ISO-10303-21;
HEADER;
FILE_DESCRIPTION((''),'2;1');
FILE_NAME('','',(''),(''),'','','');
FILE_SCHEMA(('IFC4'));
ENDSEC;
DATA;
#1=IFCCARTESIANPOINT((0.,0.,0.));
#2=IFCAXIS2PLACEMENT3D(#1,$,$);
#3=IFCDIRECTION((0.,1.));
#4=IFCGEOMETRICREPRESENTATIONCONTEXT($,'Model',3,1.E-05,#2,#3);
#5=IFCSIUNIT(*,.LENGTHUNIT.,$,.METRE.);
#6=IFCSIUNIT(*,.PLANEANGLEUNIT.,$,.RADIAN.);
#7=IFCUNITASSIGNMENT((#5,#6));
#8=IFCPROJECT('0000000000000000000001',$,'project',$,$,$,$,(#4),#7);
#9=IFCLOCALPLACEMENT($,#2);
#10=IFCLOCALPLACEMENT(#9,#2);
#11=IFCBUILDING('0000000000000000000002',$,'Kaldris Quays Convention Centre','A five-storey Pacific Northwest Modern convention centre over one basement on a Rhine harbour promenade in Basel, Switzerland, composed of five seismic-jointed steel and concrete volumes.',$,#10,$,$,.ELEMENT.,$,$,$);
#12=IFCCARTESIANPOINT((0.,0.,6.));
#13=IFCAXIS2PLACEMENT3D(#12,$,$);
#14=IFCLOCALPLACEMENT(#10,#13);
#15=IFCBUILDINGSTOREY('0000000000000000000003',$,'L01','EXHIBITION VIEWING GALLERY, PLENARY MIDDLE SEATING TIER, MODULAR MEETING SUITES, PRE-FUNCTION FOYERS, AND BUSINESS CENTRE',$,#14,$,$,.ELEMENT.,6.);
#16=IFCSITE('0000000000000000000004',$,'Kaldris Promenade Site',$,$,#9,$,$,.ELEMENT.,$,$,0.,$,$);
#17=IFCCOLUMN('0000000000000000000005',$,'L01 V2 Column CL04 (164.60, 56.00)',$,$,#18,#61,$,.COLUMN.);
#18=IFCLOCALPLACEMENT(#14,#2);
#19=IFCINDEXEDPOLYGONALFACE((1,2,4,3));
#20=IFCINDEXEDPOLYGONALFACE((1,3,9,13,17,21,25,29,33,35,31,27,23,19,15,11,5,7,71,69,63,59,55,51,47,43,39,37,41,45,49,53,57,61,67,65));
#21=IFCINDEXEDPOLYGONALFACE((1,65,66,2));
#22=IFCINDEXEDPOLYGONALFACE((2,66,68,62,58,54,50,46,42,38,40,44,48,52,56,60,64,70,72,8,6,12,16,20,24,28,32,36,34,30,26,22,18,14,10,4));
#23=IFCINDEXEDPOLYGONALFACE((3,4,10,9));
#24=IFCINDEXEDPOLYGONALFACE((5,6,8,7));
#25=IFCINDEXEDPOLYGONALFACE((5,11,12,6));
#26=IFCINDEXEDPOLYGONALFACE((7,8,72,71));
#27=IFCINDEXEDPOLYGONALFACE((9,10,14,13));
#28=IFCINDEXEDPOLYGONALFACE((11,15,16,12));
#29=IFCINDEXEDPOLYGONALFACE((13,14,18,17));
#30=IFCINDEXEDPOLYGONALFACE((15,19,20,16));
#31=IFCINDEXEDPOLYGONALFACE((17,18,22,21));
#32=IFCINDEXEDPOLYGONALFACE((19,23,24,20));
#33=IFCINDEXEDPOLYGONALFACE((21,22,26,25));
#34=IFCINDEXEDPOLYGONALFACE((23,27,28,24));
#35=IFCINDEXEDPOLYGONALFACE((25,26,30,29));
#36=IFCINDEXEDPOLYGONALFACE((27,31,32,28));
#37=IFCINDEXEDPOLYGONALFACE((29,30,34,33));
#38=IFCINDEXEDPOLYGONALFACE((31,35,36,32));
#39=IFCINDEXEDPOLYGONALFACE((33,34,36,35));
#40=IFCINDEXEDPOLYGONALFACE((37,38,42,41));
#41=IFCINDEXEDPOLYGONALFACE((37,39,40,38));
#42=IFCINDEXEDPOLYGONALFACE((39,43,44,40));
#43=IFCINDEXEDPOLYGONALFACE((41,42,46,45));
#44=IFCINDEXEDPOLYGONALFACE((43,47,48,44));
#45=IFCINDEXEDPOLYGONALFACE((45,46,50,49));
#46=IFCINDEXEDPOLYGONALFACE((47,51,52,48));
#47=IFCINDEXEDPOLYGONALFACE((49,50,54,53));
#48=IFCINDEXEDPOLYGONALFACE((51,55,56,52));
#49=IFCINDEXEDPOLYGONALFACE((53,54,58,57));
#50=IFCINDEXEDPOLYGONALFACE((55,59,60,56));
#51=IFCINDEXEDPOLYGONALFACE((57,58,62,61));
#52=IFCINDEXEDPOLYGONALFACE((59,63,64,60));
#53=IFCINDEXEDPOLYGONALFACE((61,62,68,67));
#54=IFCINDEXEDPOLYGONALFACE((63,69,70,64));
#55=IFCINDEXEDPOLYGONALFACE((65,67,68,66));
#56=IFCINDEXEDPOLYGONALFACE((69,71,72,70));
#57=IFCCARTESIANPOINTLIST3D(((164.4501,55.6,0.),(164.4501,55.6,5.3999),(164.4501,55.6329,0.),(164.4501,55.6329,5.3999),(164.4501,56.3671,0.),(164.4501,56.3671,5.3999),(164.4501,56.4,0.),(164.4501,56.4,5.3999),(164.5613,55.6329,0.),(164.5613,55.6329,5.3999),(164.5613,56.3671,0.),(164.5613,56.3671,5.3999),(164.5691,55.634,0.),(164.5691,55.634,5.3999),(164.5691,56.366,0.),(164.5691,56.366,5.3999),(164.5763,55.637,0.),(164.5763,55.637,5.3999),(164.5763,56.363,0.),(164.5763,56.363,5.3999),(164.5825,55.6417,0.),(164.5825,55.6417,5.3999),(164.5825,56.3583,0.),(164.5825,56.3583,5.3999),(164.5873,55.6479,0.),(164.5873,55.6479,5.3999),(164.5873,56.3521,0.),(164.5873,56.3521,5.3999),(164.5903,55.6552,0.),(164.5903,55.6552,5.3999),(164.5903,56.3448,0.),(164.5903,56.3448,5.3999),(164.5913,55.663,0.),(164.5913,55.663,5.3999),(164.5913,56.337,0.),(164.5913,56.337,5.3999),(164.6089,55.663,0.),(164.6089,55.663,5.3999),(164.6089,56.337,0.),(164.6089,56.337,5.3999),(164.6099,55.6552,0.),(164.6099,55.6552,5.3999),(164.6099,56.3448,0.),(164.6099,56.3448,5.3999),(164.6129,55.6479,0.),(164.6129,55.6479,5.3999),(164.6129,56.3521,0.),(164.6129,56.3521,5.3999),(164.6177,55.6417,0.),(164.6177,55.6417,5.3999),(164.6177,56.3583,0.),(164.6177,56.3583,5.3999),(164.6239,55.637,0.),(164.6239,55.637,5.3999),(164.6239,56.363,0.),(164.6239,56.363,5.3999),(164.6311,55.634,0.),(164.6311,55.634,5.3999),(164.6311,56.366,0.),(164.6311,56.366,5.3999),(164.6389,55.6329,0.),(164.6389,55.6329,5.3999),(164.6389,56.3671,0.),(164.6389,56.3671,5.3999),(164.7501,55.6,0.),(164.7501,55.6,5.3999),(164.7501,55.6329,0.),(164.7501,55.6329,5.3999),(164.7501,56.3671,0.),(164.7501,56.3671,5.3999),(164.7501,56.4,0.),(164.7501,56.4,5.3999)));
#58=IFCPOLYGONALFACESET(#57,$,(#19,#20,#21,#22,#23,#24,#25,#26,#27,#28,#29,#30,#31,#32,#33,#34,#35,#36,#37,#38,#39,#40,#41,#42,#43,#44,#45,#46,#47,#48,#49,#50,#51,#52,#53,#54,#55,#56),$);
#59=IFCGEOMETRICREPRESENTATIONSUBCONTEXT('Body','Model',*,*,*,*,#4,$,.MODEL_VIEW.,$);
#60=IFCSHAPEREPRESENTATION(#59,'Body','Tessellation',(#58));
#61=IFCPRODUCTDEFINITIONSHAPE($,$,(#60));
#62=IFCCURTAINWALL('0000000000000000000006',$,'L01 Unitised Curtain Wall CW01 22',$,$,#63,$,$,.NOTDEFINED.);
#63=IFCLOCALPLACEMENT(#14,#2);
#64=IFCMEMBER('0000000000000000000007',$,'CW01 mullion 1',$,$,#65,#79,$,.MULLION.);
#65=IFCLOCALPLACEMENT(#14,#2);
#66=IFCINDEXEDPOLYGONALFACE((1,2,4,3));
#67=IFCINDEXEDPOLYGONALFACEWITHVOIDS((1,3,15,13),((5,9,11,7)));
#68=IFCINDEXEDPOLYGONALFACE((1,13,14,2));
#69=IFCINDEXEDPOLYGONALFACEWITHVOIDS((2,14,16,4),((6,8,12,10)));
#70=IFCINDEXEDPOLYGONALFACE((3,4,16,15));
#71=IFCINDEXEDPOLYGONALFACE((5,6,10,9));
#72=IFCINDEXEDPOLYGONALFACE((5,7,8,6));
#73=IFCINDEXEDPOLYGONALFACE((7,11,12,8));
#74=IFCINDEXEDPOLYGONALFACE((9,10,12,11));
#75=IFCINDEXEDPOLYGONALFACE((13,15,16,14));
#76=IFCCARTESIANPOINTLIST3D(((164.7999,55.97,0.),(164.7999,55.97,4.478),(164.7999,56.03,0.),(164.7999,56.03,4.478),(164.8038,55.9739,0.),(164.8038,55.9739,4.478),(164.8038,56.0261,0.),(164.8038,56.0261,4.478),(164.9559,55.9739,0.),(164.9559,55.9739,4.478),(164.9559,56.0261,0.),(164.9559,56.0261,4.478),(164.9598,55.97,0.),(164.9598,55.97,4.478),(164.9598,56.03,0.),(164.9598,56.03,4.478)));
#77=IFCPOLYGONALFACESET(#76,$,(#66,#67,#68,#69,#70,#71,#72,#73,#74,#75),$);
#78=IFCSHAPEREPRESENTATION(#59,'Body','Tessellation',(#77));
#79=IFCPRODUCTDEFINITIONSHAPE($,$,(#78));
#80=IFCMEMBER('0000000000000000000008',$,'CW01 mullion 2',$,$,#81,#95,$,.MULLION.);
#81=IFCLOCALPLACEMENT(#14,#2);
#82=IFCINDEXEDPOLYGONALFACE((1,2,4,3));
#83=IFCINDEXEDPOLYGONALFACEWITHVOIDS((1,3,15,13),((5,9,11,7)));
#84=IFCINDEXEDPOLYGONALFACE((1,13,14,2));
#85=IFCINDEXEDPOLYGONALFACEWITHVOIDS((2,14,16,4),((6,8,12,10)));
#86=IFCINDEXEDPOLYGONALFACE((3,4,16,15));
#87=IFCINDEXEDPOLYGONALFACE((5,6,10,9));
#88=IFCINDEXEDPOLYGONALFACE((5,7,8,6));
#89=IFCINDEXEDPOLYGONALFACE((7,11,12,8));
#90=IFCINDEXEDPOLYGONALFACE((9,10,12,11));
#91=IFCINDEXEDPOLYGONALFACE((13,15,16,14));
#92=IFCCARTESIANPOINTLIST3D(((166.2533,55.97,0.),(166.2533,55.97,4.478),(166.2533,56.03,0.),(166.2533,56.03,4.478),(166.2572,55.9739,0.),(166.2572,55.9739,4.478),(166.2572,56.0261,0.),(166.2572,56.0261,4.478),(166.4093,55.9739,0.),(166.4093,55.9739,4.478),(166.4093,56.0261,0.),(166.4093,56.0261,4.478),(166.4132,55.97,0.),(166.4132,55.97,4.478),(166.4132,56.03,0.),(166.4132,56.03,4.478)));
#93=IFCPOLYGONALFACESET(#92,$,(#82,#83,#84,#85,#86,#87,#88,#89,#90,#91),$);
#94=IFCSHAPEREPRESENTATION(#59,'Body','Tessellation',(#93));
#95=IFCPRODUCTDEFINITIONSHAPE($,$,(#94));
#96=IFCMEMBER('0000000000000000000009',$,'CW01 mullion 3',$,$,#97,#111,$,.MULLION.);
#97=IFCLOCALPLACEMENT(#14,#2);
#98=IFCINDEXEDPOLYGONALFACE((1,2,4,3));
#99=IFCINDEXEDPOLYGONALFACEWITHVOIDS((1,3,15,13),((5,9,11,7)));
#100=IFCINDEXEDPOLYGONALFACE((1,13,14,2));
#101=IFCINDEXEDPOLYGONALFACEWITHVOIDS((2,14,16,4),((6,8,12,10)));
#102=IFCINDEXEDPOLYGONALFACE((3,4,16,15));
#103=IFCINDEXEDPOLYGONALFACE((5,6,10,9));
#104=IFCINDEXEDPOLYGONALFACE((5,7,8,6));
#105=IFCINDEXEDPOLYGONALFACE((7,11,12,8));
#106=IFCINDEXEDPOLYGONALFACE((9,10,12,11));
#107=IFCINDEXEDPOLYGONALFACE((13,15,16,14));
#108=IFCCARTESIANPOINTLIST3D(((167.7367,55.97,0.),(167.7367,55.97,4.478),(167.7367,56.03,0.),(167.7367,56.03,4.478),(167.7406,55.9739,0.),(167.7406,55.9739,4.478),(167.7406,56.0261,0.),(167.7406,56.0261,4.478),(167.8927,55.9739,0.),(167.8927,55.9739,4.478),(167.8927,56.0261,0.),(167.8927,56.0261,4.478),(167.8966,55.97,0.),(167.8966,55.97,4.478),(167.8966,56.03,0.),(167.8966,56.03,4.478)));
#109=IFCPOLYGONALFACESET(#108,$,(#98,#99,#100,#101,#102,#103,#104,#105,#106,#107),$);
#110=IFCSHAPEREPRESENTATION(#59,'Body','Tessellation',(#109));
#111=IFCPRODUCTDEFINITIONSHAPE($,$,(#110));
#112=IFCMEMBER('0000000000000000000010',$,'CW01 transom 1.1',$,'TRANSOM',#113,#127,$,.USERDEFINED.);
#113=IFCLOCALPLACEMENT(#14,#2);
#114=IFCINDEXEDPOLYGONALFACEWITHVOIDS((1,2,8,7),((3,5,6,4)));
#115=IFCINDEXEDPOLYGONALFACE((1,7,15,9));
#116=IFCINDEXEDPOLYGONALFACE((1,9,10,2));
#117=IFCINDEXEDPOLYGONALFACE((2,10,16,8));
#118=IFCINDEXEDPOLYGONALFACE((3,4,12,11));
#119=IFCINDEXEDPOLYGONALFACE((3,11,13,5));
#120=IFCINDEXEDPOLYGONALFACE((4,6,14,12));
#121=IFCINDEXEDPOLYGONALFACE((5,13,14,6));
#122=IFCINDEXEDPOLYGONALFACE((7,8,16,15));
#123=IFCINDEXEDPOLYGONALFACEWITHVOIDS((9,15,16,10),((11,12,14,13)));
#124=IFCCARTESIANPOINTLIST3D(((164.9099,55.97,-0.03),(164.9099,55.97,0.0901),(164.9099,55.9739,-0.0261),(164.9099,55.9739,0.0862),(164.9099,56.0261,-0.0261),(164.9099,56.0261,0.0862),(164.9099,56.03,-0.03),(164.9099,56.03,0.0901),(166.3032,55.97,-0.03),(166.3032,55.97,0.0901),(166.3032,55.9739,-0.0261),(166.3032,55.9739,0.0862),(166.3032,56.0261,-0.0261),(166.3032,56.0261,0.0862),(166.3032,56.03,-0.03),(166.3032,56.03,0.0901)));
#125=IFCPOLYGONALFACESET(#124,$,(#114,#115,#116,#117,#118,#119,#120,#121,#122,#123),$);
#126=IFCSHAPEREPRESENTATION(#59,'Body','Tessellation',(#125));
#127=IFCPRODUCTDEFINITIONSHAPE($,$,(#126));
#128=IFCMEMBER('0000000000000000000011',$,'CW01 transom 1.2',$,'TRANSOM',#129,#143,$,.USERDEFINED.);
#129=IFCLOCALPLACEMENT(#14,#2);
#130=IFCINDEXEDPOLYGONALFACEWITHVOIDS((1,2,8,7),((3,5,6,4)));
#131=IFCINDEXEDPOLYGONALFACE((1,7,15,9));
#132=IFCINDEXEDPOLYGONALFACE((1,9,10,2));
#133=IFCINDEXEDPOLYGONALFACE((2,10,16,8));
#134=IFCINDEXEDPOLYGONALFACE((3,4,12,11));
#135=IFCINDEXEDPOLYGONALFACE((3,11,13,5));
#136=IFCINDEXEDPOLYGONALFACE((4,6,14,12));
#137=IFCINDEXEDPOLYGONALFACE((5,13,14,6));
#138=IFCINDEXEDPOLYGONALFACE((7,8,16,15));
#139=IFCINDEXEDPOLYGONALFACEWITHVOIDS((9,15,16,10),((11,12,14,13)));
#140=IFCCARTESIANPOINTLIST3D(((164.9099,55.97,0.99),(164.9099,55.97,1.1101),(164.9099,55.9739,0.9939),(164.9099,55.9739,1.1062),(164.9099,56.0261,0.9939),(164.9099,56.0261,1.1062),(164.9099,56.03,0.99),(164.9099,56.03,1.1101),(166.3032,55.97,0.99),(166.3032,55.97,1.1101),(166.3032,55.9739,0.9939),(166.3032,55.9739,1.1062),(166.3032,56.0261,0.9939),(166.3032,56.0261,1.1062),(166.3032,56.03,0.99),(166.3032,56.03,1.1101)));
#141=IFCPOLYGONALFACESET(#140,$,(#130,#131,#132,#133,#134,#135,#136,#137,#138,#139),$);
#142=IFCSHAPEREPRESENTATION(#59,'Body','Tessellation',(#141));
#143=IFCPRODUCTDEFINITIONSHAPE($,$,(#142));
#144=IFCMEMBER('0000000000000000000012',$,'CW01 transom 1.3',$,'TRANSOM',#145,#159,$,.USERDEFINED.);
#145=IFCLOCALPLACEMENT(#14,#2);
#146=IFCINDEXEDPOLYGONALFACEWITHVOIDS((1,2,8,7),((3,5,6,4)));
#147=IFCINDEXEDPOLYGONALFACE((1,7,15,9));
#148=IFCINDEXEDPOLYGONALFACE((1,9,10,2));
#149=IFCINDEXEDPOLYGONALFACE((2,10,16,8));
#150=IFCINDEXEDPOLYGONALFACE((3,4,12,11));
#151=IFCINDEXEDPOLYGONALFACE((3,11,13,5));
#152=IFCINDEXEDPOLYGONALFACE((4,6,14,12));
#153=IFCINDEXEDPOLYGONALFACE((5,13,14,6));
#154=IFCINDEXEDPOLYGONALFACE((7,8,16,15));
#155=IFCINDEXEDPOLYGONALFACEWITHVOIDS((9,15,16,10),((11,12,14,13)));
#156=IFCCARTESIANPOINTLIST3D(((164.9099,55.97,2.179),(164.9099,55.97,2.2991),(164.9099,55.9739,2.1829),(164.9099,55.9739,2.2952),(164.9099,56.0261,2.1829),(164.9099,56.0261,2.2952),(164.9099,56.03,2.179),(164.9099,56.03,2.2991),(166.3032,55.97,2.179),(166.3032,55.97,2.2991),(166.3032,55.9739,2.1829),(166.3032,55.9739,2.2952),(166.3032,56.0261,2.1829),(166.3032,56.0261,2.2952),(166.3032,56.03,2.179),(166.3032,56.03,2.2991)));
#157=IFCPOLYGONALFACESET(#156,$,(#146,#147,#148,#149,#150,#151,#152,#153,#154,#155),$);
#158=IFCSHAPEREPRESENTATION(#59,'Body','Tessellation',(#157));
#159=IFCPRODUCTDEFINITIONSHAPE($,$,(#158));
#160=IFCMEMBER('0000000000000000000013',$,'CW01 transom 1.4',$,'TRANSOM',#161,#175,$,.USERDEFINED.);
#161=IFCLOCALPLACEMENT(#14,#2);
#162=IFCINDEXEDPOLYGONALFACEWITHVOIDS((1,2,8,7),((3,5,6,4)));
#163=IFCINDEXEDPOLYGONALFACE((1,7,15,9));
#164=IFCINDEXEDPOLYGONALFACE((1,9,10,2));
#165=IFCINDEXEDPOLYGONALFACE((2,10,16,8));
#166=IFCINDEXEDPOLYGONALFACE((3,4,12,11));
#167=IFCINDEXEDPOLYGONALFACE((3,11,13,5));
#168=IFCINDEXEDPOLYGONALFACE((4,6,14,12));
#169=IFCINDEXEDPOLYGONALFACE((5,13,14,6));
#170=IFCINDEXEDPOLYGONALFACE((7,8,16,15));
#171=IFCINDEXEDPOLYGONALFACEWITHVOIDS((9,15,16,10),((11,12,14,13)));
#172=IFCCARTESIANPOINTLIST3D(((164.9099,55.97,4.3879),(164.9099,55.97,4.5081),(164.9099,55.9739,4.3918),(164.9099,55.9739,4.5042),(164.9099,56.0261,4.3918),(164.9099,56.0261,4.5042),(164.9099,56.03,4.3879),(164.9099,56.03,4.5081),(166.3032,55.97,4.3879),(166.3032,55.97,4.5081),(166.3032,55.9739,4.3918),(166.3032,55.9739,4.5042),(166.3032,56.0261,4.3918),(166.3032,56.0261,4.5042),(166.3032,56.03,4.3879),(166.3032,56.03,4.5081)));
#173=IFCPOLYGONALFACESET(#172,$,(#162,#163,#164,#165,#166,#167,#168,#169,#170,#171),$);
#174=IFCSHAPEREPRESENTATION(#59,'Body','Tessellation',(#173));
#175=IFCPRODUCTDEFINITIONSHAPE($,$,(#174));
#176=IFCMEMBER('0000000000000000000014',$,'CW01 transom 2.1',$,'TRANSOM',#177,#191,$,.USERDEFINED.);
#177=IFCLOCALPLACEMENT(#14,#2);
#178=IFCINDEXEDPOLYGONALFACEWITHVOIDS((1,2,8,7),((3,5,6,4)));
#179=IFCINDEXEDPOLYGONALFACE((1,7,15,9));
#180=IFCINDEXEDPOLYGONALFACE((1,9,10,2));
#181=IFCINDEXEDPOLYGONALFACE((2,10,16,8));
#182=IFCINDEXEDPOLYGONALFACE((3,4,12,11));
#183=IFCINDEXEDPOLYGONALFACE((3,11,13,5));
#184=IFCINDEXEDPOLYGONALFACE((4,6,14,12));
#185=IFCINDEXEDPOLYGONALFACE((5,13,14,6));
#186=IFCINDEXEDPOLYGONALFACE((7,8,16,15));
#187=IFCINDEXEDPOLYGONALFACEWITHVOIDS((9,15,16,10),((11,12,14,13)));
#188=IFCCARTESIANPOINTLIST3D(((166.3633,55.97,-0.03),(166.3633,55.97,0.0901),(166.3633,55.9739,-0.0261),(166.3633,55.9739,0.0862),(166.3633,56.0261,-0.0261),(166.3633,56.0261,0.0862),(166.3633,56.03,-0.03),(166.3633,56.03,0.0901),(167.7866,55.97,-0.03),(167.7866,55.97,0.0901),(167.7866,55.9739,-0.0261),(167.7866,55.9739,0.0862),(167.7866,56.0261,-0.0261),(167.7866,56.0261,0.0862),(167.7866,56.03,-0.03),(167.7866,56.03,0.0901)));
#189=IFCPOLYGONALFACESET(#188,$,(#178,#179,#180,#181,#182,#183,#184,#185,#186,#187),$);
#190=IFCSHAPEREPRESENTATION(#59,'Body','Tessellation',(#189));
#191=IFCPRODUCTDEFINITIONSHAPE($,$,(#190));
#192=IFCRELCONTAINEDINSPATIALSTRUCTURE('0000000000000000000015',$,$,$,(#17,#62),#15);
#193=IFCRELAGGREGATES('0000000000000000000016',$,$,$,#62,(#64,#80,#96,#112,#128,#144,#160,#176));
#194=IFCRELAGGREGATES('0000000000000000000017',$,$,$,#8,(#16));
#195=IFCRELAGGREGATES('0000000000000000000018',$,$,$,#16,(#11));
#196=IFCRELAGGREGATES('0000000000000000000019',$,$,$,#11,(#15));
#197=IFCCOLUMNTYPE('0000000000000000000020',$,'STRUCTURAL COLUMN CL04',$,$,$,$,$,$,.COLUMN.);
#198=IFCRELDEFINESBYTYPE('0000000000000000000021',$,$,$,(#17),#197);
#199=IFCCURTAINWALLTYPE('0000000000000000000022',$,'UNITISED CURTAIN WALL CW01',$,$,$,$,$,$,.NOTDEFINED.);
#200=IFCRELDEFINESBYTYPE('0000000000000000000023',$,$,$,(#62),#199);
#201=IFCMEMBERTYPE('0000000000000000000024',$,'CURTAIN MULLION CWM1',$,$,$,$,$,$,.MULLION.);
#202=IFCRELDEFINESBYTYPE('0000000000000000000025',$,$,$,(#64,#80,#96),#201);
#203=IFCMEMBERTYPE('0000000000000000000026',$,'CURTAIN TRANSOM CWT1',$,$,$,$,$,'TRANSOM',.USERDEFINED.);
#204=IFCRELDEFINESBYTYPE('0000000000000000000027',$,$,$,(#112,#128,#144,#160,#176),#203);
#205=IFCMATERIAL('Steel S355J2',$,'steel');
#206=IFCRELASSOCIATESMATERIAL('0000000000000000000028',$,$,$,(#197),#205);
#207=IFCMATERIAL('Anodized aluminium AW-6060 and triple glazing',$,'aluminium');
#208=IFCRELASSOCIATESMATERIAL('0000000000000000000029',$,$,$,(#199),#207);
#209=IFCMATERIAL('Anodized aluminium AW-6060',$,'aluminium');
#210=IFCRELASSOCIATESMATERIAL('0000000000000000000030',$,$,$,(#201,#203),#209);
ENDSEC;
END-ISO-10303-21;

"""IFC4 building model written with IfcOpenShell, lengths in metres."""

from ifc_helpers import new_model, si_unit, direction, frame, origin, origin_2d, place, context, subcontext, project, spatial, hollow_rectangle, i_section, extrude, material, material_profile, profile_set, type_object, element, aggregate, save


model = new_model("IFC4")

# Units and contexts
model_context = context("Model", 3, precision=1e-05, world=origin(), true_north=direction((0.0, 1.0)))
body_context = subcontext(model_context, "Body", "Model", "MODEL_VIEW")
ifc_project = project(units=[si_unit("LENGTHUNIT", "METRE"), si_unit("PLANEANGLEUNIT", "RADIAN")], contexts=[model_context])

# Site, building, storey
site_placement = place(None, origin())
site = spatial("IfcSite", under=ifc_project, at=site_placement, Name="Kaldris Promenade Site", CompositionType="ELEMENT", RefElevation=0.0)
building_placement = place(site_placement, origin())
building = spatial("IfcBuilding", under=site, at=building_placement, Name="Kaldris Quays Convention Centre", Description="A five-storey Pacific Northwest Modern convention centre over one basement on a Rhine harbour promenade in Basel, Switzerland, composed of five seismic-jointed steel and concrete volumes.", CompositionType="ELEMENT")
storey_placement = place(building_placement, frame((0.0, 0.0, 6.0)))
storey = spatial("IfcBuildingStorey", under=building, at=storey_placement, Name="L01", Description="EXHIBITION VIEWING GALLERY, PLENARY MIDDLE SEATING TIER, MODULAR MEETING SUITES, PRE-FUNCTION FOYERS, AND BUSINESS CENTRE", CompositionType="ELEMENT", Elevation=6.0)

# Column
ifc_material_1 = material(Name="Steel S355J2", Category="steel")
ifc_material_profile_1 = material_profile(ifc_material_1, i_section(OverallWidth=0.3, OverallDepth=0.8, WebThickness=0.0176, FlangeThickness=0.033, FilletRadius=0.03, at=origin_2d()), Name="HEB 800")
ifc_profile_set_1 = profile_set([ifc_material_profile_1], Name="Steel S355J2")
column_type = type_object("IfcColumnType", Name="STRUCTURAL COLUMN CL04", PredefinedType="COLUMN", material=ifc_profile_set_1)
column_placement = place(storey_placement, frame((164.6001, 56.0, 0.0), z_axis=(0.0, 0.0, 1.0), x_axis=(1.0, 0.0, 0.0)))
element("IfcColumn", 1, at=column_placement, inside=storey, type_object=column_type, Name="L01 V2 Column CL04 (164.60, 56.00)", PredefinedType="COLUMN", context=body_context, shape_type="SweptSolid", body=[
    extrude(i_section(OverallWidth=0.3, OverallDepth=0.8, WebThickness=0.0176, FlangeThickness=0.033, FilletRadius=0.03, at=origin_2d()), origin(), (0.0, 0.0, 1.0), 5.3999),
])

# Curtain wall, members
ifc_material_2 = material(Name="Anodized aluminium AW-6060 and triple glazing", Category="aluminium")
curtain_wall_type = type_object("IfcCurtainWallType", Name="UNITISED CURTAIN WALL CW01", PredefinedType="NOTDEFINED", material=ifc_material_2)
curtain_wall_placement = place(storey_placement, origin())
curtain_wall = element("IfcCurtainWall", 2, at=curtain_wall_placement, inside=storey, type_object=curtain_wall_type, Name="L01 Unitised Curtain Wall CW01 22", PredefinedType="NOTDEFINED")
ifc_material_3 = material(Name="Anodized aluminium AW-6060", Category="aluminium")
ifc_material_profile_2 = material_profile(ifc_material_3, hollow_rectangle(XDim=0.0601, YDim=0.1599, WallThickness=0.0039, at=origin_2d()), Name="RHS 160x60x4")
ifc_profile_set_2 = profile_set([ifc_material_profile_2], Name="Anodized aluminium AW-6060")
member_type_1 = type_object("IfcMemberType", Name="CURTAIN MULLION CWM1", PredefinedType="MULLION", material=ifc_profile_set_2)
member_1_placement = place(storey_placement, frame((164.8799, 56.0, 0.0), z_axis=(0.0, 0.0, 1.0), x_axis=(0.0, 1.0, 0.0)))
member_1 = element("IfcMember", 3, at=member_1_placement, type_object=member_type_1, Name="CW01 mullion 1", PredefinedType="MULLION", context=body_context, shape_type="SweptSolid", body=[
    extrude(hollow_rectangle(XDim=0.0601, YDim=0.1599, WallThickness=0.0039, at=origin_2d()), origin(), (0.0, 0.0, 1.0), 4.478),
])
member_2_placement = place(storey_placement, frame((166.3333, 56.0, 0.0), z_axis=(0.0, 0.0, 1.0), x_axis=(0.0, 1.0, 0.0)))
member_2 = element("IfcMember", 4, at=member_2_placement, type_object=member_type_1, Name="CW01 mullion 2", PredefinedType="MULLION", context=body_context, shape_type="SweptSolid", body=[
    extrude(hollow_rectangle(XDim=0.0601, YDim=0.1599, WallThickness=0.0039, at=origin_2d()), origin(), (0.0, 0.0, 1.0), 4.478),
])
member_3_placement = place(storey_placement, frame((167.8167, 56.0, 0.0), z_axis=(0.0, 0.0, 1.0), x_axis=(0.0, 1.0, 0.0)))
member_3 = element("IfcMember", 5, at=member_3_placement, type_object=member_type_1, Name="CW01 mullion 3", PredefinedType="MULLION", context=body_context, shape_type="SweptSolid", body=[
    extrude(hollow_rectangle(XDim=0.0601, YDim=0.1599, WallThickness=0.0039, at=origin_2d()), origin(), (0.0, 0.0, 1.0), 4.478),
])
ifc_material_profile_3 = material_profile(ifc_material_3, hollow_rectangle(XDim=0.0601, YDim=0.1201, WallThickness=0.0039, at=origin_2d()), Name="RHS 120x60x4")
ifc_profile_set_3 = profile_set([ifc_material_profile_3], Name="Anodized aluminium AW-6060")
member_type_2 = type_object("IfcMemberType", Name="CURTAIN TRANSOM CWT1", ElementType="TRANSOM", PredefinedType="USERDEFINED", material=ifc_profile_set_3)
member_4_placement = place(storey_placement, frame((164.9099, 56.0, 0.03), z_axis=(1.0, 0.0, 0.0), x_axis=(0.0, 1.0, 0.0)))
member_4 = element("IfcMember", 6, at=member_4_placement, type_object=member_type_2, Name="CW01 transom 1.1", ObjectType="TRANSOM", PredefinedType="USERDEFINED", context=body_context, shape_type="SweptSolid", body=[
    extrude(hollow_rectangle(XDim=0.0601, YDim=0.1201, WallThickness=0.0039, at=origin_2d()), origin(), (0.0, 0.0, 1.0), 1.3933),
])
member_5_placement = place(storey_placement, frame((164.9099, 56.0, 1.05), z_axis=(1.0, 0.0, 0.0), x_axis=(0.0, 1.0, 0.0)))
member_5 = element("IfcMember", 7, at=member_5_placement, type_object=member_type_2, Name="CW01 transom 1.2", ObjectType="TRANSOM", PredefinedType="USERDEFINED", context=body_context, shape_type="SweptSolid", body=[
    extrude(hollow_rectangle(XDim=0.0601, YDim=0.1201, WallThickness=0.0039, at=origin_2d()), origin(), (0.0, 0.0, 1.0), 1.3933),
])
member_6_placement = place(storey_placement, frame((164.9099, 56.0, 2.239), z_axis=(1.0, 0.0, 0.0), x_axis=(0.0, 1.0, 0.0)))
member_6 = element("IfcMember", 8, at=member_6_placement, type_object=member_type_2, Name="CW01 transom 1.3", ObjectType="TRANSOM", PredefinedType="USERDEFINED", context=body_context, shape_type="SweptSolid", body=[
    extrude(hollow_rectangle(XDim=0.0601, YDim=0.1201, WallThickness=0.0039, at=origin_2d()), origin(), (0.0, 0.0, 1.0), 1.3933),
])
member_7_placement = place(storey_placement, frame((164.9099, 56.0, 4.448), z_axis=(1.0, 0.0, 0.0), x_axis=(0.0, 1.0, 0.0)))
member_7 = element("IfcMember", 9, at=member_7_placement, type_object=member_type_2, Name="CW01 transom 1.4", ObjectType="TRANSOM", PredefinedType="USERDEFINED", context=body_context, shape_type="SweptSolid", body=[
    extrude(hollow_rectangle(XDim=0.0601, YDim=0.1201, WallThickness=0.0039, at=origin_2d()), origin(), (0.0, 0.0, 1.0), 1.3933),
])
member_8_placement = place(storey_placement, frame((166.3633, 56.0, 0.03), z_axis=(1.0, 0.0, 0.0), x_axis=(0.0, 1.0, 0.0)))
member_8 = element("IfcMember", 10, at=member_8_placement, type_object=member_type_2, Name="CW01 transom 2.1", ObjectType="TRANSOM", PredefinedType="USERDEFINED", context=body_context, shape_type="SweptSolid", body=[
    extrude(hollow_rectangle(XDim=0.0601, YDim=0.1201, WallThickness=0.0039, at=origin_2d()), origin(), (0.0, 0.0, 1.0), 1.4233),
])

aggregate(curtain_wall, [member_1, member_2, member_3, member_4, member_5, member_6, member_7, member_8])

save(model, "model.ifc")
